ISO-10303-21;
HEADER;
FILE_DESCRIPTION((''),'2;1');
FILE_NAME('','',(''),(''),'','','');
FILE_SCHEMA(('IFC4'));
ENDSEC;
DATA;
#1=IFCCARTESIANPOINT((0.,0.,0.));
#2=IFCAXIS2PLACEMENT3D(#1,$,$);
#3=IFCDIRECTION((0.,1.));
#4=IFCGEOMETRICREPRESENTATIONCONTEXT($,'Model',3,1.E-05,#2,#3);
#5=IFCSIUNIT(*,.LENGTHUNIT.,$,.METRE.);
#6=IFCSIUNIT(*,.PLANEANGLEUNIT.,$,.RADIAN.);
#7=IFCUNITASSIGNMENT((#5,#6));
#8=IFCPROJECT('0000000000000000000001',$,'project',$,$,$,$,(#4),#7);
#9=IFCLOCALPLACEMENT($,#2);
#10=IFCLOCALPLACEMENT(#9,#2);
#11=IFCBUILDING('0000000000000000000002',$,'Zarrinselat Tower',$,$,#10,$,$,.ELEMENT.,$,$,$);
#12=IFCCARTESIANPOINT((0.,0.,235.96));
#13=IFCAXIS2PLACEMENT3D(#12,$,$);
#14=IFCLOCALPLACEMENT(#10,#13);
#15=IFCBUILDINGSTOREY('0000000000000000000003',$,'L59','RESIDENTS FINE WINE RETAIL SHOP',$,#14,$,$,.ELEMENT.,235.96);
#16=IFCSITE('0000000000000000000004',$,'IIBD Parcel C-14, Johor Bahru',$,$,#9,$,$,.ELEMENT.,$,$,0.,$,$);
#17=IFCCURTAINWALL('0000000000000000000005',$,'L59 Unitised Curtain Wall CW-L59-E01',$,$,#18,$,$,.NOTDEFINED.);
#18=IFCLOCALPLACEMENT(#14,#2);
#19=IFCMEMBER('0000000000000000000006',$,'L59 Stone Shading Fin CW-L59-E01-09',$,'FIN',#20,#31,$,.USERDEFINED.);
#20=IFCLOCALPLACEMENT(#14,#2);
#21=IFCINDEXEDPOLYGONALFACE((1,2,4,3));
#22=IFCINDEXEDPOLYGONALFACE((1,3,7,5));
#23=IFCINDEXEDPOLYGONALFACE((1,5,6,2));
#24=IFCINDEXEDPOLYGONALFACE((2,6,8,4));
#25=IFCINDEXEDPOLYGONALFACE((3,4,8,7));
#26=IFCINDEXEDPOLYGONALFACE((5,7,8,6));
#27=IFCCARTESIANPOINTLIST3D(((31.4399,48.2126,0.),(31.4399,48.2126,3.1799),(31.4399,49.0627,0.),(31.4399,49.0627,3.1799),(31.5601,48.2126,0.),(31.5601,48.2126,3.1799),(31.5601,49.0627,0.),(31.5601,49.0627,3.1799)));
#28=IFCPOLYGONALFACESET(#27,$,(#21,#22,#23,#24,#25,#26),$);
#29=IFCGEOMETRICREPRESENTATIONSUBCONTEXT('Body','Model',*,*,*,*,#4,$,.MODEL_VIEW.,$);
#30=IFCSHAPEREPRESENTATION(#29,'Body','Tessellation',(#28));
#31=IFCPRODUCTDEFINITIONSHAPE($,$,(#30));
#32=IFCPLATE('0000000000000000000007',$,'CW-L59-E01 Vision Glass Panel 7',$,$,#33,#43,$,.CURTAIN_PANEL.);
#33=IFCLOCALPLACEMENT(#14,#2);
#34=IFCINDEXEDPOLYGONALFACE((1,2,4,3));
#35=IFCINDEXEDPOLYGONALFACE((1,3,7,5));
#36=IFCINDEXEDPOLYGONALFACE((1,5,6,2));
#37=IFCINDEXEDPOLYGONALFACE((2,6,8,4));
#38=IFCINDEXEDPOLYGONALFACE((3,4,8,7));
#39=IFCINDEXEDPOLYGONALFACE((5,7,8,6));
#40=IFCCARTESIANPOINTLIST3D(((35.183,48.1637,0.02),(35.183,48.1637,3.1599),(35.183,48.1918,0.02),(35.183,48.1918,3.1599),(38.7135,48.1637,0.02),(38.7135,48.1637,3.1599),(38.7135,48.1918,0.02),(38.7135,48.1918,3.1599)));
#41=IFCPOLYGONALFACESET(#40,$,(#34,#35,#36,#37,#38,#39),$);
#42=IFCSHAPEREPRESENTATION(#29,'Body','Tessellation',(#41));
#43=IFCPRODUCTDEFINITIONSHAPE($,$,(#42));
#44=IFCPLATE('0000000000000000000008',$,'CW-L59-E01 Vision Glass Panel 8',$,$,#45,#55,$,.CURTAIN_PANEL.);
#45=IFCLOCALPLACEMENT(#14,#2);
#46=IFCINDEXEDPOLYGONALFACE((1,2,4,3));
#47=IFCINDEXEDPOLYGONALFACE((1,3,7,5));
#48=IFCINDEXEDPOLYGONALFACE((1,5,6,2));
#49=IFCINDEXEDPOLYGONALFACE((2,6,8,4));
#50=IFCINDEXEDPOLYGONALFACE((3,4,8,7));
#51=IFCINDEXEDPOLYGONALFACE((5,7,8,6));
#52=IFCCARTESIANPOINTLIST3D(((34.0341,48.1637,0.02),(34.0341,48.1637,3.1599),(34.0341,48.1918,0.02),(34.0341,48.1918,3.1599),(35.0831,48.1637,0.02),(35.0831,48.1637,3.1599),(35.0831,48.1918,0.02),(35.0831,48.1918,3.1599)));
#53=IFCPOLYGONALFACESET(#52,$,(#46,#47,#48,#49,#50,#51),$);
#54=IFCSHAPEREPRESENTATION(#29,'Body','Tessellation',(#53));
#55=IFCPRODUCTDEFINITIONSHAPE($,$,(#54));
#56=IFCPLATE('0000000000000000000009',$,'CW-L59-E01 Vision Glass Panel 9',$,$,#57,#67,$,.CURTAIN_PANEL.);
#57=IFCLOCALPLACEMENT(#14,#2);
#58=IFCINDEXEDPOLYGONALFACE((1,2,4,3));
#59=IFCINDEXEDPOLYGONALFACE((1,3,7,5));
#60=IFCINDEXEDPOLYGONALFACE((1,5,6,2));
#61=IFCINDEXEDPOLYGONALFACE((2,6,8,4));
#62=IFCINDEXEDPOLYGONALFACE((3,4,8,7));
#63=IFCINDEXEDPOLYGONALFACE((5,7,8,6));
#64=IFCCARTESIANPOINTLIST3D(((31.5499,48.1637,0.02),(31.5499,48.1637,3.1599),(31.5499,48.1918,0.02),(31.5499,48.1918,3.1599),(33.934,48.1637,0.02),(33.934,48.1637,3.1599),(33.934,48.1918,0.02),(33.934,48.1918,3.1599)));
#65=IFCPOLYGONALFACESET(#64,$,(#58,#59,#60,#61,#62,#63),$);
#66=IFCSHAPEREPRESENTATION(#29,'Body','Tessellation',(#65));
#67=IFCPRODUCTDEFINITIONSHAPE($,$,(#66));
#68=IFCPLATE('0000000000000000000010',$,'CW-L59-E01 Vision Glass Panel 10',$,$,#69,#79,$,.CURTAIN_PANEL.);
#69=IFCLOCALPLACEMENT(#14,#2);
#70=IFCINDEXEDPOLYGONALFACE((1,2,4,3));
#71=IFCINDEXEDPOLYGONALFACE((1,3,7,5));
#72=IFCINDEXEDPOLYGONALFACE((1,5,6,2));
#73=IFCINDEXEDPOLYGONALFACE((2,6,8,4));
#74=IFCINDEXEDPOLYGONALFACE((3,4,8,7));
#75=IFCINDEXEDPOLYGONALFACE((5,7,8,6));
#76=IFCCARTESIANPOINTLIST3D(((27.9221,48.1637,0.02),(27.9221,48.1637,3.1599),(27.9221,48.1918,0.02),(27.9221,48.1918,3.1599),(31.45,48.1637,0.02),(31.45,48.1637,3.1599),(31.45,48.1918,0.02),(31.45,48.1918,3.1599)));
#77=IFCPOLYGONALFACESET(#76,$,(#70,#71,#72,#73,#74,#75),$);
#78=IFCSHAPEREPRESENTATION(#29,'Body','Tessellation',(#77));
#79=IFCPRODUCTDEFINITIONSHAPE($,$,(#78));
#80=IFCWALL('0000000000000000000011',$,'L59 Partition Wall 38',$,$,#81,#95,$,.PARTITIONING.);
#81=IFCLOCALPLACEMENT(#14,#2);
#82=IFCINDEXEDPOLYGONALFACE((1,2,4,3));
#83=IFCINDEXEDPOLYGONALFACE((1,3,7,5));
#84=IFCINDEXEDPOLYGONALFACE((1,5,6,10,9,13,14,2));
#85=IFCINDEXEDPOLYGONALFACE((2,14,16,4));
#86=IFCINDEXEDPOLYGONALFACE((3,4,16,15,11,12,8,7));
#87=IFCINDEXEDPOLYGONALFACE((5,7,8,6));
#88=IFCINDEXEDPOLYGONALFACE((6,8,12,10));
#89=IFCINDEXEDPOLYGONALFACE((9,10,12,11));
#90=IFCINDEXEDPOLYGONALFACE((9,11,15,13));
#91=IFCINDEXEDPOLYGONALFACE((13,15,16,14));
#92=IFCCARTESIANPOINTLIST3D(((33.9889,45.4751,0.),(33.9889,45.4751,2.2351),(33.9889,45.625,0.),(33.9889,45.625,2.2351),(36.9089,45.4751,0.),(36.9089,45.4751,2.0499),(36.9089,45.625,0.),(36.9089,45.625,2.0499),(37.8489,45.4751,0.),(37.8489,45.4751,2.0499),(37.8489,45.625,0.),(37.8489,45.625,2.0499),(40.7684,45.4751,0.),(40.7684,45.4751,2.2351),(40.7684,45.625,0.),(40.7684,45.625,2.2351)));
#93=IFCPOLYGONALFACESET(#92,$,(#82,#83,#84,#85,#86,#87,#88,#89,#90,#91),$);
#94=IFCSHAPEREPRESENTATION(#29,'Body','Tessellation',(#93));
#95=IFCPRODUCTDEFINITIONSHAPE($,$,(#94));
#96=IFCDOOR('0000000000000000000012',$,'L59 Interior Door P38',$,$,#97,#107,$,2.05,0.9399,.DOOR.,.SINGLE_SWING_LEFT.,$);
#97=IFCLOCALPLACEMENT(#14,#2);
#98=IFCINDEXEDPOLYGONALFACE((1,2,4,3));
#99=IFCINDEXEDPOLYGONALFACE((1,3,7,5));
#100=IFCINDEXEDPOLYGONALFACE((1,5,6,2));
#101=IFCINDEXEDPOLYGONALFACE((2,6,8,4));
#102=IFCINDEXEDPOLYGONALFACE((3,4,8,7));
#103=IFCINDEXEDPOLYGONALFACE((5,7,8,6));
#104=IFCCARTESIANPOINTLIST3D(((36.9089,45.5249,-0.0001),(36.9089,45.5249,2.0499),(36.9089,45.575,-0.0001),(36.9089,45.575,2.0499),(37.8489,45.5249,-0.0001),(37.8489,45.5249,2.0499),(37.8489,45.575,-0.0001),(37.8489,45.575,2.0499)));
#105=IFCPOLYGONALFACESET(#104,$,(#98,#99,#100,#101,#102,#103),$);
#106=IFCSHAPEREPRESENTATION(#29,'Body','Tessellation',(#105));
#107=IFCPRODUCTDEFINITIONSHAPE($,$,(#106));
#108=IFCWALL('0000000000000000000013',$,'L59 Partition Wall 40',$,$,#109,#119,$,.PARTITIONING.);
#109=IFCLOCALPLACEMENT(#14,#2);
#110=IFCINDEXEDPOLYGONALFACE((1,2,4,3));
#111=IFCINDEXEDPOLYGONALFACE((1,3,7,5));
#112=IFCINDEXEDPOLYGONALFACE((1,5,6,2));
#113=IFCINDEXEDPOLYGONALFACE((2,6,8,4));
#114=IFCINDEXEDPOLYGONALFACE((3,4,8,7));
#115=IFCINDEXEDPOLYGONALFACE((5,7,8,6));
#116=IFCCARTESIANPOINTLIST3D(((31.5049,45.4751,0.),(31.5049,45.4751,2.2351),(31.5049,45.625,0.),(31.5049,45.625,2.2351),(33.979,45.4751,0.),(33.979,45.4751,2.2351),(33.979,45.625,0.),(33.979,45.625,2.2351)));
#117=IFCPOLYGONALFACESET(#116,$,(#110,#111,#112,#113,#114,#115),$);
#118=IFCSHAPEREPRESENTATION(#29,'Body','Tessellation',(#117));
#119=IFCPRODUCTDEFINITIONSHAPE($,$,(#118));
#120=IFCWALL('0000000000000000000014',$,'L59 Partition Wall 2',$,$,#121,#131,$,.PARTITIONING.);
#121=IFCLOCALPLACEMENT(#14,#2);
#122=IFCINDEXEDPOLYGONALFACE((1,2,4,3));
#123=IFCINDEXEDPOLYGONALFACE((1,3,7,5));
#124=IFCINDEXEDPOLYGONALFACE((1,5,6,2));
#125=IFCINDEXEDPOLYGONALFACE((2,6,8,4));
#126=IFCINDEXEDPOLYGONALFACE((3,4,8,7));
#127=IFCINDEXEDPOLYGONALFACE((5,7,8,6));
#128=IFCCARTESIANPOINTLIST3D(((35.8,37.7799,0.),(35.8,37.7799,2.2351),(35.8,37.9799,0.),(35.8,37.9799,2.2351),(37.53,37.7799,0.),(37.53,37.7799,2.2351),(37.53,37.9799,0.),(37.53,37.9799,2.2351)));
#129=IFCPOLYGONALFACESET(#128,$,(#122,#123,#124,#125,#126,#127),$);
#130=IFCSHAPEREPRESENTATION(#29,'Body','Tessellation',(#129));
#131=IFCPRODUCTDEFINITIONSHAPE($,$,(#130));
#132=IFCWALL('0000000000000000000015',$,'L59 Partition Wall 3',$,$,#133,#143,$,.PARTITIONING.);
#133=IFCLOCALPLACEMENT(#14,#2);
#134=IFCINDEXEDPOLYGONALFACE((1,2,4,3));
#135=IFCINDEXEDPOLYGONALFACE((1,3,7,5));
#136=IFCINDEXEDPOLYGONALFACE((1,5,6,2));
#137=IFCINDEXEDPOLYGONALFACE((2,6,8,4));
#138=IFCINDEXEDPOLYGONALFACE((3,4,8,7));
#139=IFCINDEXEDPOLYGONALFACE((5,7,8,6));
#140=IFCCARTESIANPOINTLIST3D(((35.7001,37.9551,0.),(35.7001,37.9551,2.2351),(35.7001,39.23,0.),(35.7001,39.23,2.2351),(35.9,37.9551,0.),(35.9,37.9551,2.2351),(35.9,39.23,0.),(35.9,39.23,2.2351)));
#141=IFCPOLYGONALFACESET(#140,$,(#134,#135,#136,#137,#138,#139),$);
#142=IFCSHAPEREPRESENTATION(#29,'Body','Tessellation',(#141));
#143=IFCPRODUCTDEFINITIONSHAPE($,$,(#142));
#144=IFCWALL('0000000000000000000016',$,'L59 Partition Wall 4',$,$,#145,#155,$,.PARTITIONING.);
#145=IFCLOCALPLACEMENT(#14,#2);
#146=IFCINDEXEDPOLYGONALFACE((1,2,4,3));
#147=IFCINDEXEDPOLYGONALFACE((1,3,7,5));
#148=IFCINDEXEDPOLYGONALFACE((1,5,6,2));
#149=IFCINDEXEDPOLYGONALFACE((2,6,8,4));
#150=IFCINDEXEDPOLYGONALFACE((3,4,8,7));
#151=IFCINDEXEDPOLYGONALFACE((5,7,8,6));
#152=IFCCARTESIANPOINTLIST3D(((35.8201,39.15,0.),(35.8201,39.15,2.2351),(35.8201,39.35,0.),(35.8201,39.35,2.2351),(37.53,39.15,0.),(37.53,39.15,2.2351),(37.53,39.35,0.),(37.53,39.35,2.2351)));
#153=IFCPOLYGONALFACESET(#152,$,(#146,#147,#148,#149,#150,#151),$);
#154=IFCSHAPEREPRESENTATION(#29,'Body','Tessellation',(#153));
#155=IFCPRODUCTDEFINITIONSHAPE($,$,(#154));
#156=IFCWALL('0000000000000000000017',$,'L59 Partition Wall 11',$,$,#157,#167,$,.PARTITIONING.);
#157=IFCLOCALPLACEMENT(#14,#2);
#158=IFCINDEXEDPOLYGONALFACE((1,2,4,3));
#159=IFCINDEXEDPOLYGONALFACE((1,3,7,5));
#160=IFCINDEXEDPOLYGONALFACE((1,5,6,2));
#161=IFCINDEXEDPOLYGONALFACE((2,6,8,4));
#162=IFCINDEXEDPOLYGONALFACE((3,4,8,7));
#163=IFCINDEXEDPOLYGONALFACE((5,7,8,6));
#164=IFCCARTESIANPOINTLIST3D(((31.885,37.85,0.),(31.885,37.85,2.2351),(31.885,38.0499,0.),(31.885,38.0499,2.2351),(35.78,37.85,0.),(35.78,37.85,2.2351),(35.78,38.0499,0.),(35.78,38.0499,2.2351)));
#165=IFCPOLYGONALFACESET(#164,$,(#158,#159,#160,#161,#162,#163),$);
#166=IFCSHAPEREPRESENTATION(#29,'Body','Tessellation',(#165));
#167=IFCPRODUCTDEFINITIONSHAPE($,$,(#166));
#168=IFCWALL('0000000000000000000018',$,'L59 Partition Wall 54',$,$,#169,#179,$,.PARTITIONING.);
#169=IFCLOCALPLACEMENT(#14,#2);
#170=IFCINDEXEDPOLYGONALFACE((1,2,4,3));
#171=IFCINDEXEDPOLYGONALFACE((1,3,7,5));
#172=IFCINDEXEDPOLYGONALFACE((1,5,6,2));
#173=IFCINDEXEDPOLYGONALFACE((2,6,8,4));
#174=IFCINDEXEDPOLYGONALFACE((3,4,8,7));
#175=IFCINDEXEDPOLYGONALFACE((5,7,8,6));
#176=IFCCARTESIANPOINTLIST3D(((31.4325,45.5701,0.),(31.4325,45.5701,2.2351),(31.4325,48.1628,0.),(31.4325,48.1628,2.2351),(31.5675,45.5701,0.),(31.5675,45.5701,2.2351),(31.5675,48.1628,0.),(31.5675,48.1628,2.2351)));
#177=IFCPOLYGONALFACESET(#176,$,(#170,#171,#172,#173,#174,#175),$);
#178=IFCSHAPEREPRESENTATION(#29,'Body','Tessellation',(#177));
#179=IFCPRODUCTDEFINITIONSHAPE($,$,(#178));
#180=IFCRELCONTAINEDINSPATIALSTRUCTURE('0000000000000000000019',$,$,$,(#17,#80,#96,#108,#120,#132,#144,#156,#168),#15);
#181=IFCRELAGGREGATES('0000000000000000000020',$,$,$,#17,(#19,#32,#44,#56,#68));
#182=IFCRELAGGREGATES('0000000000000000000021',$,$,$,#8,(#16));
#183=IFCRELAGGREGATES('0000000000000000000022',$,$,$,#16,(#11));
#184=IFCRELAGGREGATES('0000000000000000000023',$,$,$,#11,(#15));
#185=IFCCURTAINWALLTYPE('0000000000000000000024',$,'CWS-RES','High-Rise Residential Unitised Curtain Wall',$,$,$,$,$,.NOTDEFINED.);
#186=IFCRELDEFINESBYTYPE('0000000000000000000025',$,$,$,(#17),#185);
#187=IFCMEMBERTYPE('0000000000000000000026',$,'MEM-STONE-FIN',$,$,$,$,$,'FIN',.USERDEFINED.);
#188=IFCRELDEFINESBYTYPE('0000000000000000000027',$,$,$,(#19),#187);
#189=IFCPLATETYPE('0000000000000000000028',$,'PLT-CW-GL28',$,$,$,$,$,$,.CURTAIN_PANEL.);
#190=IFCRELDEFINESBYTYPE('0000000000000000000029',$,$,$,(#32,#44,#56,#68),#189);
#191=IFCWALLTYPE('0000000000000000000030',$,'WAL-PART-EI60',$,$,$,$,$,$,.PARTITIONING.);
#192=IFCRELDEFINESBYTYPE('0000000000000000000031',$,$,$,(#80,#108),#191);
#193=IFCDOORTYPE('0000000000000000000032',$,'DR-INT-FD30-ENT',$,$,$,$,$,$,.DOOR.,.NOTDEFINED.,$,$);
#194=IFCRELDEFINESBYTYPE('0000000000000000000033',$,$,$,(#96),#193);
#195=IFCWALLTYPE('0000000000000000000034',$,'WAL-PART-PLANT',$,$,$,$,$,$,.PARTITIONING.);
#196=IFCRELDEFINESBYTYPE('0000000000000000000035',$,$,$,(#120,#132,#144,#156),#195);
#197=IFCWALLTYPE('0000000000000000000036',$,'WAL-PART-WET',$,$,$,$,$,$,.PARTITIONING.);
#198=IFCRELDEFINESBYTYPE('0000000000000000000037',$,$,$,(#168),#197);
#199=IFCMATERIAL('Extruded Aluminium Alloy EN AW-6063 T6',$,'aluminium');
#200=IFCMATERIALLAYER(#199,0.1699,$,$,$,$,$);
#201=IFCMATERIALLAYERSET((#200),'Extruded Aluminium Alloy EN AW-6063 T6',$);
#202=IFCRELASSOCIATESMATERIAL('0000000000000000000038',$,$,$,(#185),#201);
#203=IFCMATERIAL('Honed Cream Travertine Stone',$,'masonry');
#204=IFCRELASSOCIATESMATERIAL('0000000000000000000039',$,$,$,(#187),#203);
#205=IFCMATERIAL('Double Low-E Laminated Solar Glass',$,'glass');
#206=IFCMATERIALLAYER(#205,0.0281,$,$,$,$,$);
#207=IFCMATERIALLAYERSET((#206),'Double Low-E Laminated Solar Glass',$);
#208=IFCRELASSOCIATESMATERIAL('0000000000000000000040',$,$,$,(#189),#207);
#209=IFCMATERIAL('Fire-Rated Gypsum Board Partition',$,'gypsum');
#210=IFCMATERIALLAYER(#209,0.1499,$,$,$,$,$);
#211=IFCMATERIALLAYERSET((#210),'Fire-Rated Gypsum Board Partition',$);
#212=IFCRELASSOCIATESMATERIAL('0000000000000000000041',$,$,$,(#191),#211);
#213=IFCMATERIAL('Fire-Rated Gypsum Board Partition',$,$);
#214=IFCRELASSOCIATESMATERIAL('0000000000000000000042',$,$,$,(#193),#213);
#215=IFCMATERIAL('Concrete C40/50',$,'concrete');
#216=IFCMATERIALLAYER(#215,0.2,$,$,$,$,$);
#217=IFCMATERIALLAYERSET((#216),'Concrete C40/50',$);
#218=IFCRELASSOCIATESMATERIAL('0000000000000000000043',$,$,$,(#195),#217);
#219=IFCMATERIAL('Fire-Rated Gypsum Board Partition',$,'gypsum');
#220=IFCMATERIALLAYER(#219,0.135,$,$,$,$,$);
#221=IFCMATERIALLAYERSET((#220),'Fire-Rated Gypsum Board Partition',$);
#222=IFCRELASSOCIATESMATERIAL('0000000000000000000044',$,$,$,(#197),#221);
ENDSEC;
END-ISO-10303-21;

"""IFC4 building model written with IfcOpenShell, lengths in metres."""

from ifc_helpers import new_model, si_unit, direction, frame, frame_2d, origin, origin_2d, place, context, subcontext, project, spatial, rectangle, extrude, material, layer, layer_set, material_profile, profile_set, type_object, element, fill, aggregate, save


model = new_model("IFC4")

# Units and contexts
model_context = context("Model", 3, precision=1e-05, world=origin(), true_north=direction((0.0, 1.0)))
body_context = subcontext(model_context, "Body", "Model", "MODEL_VIEW")
ifc_project = project(units=[si_unit("LENGTHUNIT", "METRE"), si_unit("PLANEANGLEUNIT", "RADIAN")], contexts=[model_context])

# Site, building, storey
site_placement = place(None, origin())
site = spatial("IfcSite", under=ifc_project, at=site_placement, Name="IIBD Parcel C-14, Johor Bahru", CompositionType="ELEMENT", RefElevation=0.0)
building_placement = place(site_placement, origin())
building = spatial("IfcBuilding", under=site, at=building_placement, Name="Zarrinselat Tower", CompositionType="ELEMENT")
storey_placement = place(building_placement, frame((0.0, 0.0, 235.96)))
storey = spatial("IfcBuildingStorey", under=building, at=storey_placement, Name="L59", Description="RESIDENTS FINE WINE RETAIL SHOP", CompositionType="ELEMENT", Elevation=235.96)

# Curtain wall, member, plates
ifc_material_1 = material(Name="Extruded Aluminium Alloy EN AW-6063 T6", Category="aluminium")
ifc_layer_1 = layer(ifc_material_1, 0.1699)
ifc_layer_set_1 = layer_set([ifc_layer_1], Name="Extruded Aluminium Alloy EN AW-6063 T6")
curtain_wall_type = type_object("IfcCurtainWallType", Name="CWS-RES", Description="High-Rise Residential Unitised Curtain Wall", PredefinedType="NOTDEFINED", material=ifc_layer_set_1)
curtain_wall_placement = place(storey_placement, origin())
curtain_wall = element("IfcCurtainWall", 1, at=curtain_wall_placement, inside=storey, type_object=curtain_wall_type, Name="L59 Unitised Curtain Wall CW-L59-E01", PredefinedType="NOTDEFINED")
ifc_material_2 = material(Name="Honed Cream Travertine Stone", Category="masonry")
ifc_material_profile_1 = material_profile(ifc_material_2, rectangle(XDim=0.1201, YDim=0.8501, at=origin_2d()), Name="FIN 850x120")
ifc_profile_set_1 = profile_set([ifc_material_profile_1], Name="Honed Cream Travertine Stone")
member_type_1 = type_object("IfcMemberType", Name="MEM-STONE-FIN", ElementType="FIN", PredefinedType="USERDEFINED", material=ifc_profile_set_1)
member_1_placement = place(storey_placement, frame((31.5, 48.6377, 0.0), z_axis=(0.0, 0.0, 1.0), x_axis=(1.0, 0.0, 0.0)))
member_1 = element("IfcMember", 2, at=member_1_placement, type_object=member_type_1, Name="L59 Stone Shading Fin CW-L59-E01-09", ObjectType="FIN", PredefinedType="USERDEFINED", context=body_context, shape_type="SweptSolid", body=[
    extrude(rectangle(XDim=0.1201, YDim=0.8501, at=origin_2d()), origin(), (0.0, 0.0, 1.0), 3.1799),
])
ifc_material_3 = material(Name="Double Low-E Laminated Solar Glass", Category="glass")
ifc_layer_2 = layer(ifc_material_3, 0.0281)
ifc_layer_set_2 = layer_set([ifc_layer_2], Name="Double Low-E Laminated Solar Glass")
plate_type = type_object("IfcPlateType", Name="PLT-CW-GL28", PredefinedType="CURTAIN_PANEL", material=ifc_layer_set_2)
plate_1_placement = place(storey_placement, frame((36.9482, 48.1777, 0.02), z_axis=(0.0, 0.0, 1.0), x_axis=(-1.0, 0.0, 0.0)))
plate_1 = element("IfcPlate", 3, at=plate_1_placement, type_object=plate_type, Name="CW-L59-E01 Vision Glass Panel 7", PredefinedType="CURTAIN_PANEL", context=body_context, shape_type="SweptSolid", body=[
    extrude(rectangle(XDim=3.5305, YDim=0.0281, at=origin_2d()), origin(), (0.0, 0.0, 1.0), 3.1399),
])
plate_2_placement = place(storey_placement, frame((34.5586, 48.1777, 0.02), z_axis=(0.0, 0.0, 1.0), x_axis=(-1.0, 0.0, 0.0)))
plate_2 = element("IfcPlate", 4, at=plate_2_placement, type_object=plate_type, Name="CW-L59-E01 Vision Glass Panel 8", PredefinedType="CURTAIN_PANEL", context=body_context, shape_type="SweptSolid", body=[
    extrude(rectangle(XDim=1.0491, YDim=0.0281, at=origin_2d()), origin(), (0.0, 0.0, 1.0), 3.1399),
])
plate_3_placement = place(storey_placement, frame((32.7419, 48.1777, 0.02), z_axis=(0.0, 0.0, 1.0), x_axis=(-1.0, 0.0, 0.0)))
plate_3 = element("IfcPlate", 5, at=plate_3_placement, type_object=plate_type, Name="CW-L59-E01 Vision Glass Panel 9", PredefinedType="CURTAIN_PANEL", context=body_context, shape_type="SweptSolid", body=[
    extrude(rectangle(XDim=2.384, YDim=0.0281, at=origin_2d()), origin(), (0.0, 0.0, 1.0), 3.1399),
])
plate_4_placement = place(storey_placement, frame((29.686, 48.1777, 0.02), z_axis=(0.0, 0.0, 1.0), x_axis=(-1.0, 0.0, 0.0)))
plate_4 = element("IfcPlate", 6, at=plate_4_placement, type_object=plate_type, Name="CW-L59-E01 Vision Glass Panel 10", PredefinedType="CURTAIN_PANEL", context=body_context, shape_type="SweptSolid", body=[
    extrude(rectangle(XDim=3.5278, YDim=0.0281, at=origin_2d()), origin(), (0.0, 0.0, 1.0), 3.1399),
])
aggregate(curtain_wall, [member_1, plate_1, plate_2, plate_3, plate_4])

# Wall, opening, door
ifc_material_4 = material(Name="Fire-Rated Gypsum Board Partition", Category="gypsum")
ifc_layer_3 = layer(ifc_material_4, 0.1499)
ifc_layer_set_3 = layer_set([ifc_layer_3], Name="Fire-Rated Gypsum Board Partition")
wall_type_1 = type_object("IfcWallType", Name="WAL-PART-EI60", PredefinedType="PARTITIONING", material=ifc_layer_set_3)
wall_1_placement = place(storey_placement, frame((33.989, 45.55, 0.0), z_axis=(0.0, 0.0, 1.0), x_axis=(1.0, 0.0, 0.0)))
wall_1 = element("IfcWall", 7, at=wall_1_placement, inside=storey, type_object=wall_type_1, Name="L59 Partition Wall 38", PredefinedType="PARTITIONING", context=body_context, shape_type="SweptSolid", body=[
    extrude(rectangle(XDim=6.7795, YDim=0.1499, at=frame_2d((3.3896, 0.0))), origin(), (0.0, 0.0, 1.0), 2.2351),
])
opening_1_placement = place(wall_1_placement, frame((2.9199, 0.0, 0.0)))
opening_1 = element("IfcOpeningElement", 8, at=opening_1_placement, cuts=wall_1, PredefinedType="OPENING", context=body_context, shape_type="SweptSolid", body=[
    extrude(rectangle(XDim=0.9399, YDim=2.05, at=frame_2d((0.47, 1.0249))), frame((0.0, 0.085, 0.0), z_axis=(0.0, -1.0, 0.0), x_axis=(1.0, 0.0, 0.0)), (0.0, 0.0, 1.0), 0.1699),
])
ifc_material_5 = material(Name="Fire-Rated Gypsum Board Partition")
door_type_1 = type_object("IfcDoorType", Name="DR-INT-FD30-ENT", OperationType="NOTDEFINED", PredefinedType="DOOR", material=ifc_material_5)
door_1_placement = place(opening_1_placement, origin())
door_1 = element("IfcDoor", 9, at=door_1_placement, inside=storey, type_object=door_type_1, Name="L59 Interior Door P38", OperationType="SINGLE_SWING_LEFT", OverallHeight=2.05, OverallWidth=0.9399, PredefinedType="DOOR", context=body_context, shape_type="SweptSolid", body=[
    extrude(rectangle(XDim=0.9399, YDim=2.05, at=frame_2d((0.47, 1.0249))), frame((0.0, 0.0249, 0.0), z_axis=(0.0, -1.0, 0.0), x_axis=(1.0, 0.0, 0.0)), (0.0, 0.0, 1.0), 0.05),
])
fill(opening_1, door_1)

# Walls
wall_2_placement = place(storey_placement, frame((31.5049, 45.55, 0.0), z_axis=(0.0, 0.0, 1.0), x_axis=(1.0, 0.0, 0.0)))
element("IfcWall", 10, at=wall_2_placement, inside=storey, type_object=wall_type_1, Name="L59 Partition Wall 40", PredefinedType="PARTITIONING", context=body_context, shape_type="SweptSolid", body=[
    extrude(rectangle(XDim=2.4741, YDim=0.1499, at=frame_2d((1.2371, 0.0))), origin(), (0.0, 0.0, 1.0), 2.2351),
])
ifc_material_6 = material(Name="Concrete C40/50", Category="concrete")
ifc_layer_4 = layer(ifc_material_6, 0.2)
ifc_layer_set_4 = layer_set([ifc_layer_4], Name="Concrete C40/50")
wall_type_2 = type_object("IfcWallType", Name="WAL-PART-PLANT", PredefinedType="PARTITIONING", material=ifc_layer_set_4)
wall_3_placement = place(storey_placement, frame((35.8, 37.8799, 0.0), z_axis=(0.0, 0.0, 1.0), x_axis=(1.0, 0.0, 0.0)))
element("IfcWall", 11, at=wall_3_placement, inside=storey, type_object=wall_type_2, Name="L59 Partition Wall 2", PredefinedType="PARTITIONING", context=body_context, shape_type="SweptSolid", body=[
    extrude(rectangle(XDim=1.73, YDim=0.2, at=frame_2d((0.865, 0.0))), origin(), (0.0, 0.0, 1.0), 2.2351),
])
wall_4_placement = place(storey_placement, frame((35.8, 37.9551, 0.0), z_axis=(0.0, 0.0, 1.0), x_axis=(0.0, 1.0, 0.0)))
element("IfcWall", 12, at=wall_4_placement, inside=storey, type_object=wall_type_2, Name="L59 Partition Wall 3", PredefinedType="PARTITIONING", context=body_context, shape_type="SweptSolid", body=[
    extrude(rectangle(XDim=1.2749, YDim=0.2, at=frame_2d((0.6375, 0.0))), origin(), (0.0, 0.0, 1.0), 2.2351),
])
wall_5_placement = place(storey_placement, frame((35.8201, 39.25, 0.0), z_axis=(0.0, 0.0, 1.0), x_axis=(1.0, 0.0, 0.0)))
element("IfcWall", 13, at=wall_5_placement, inside=storey, type_object=wall_type_2, Name="L59 Partition Wall 4", PredefinedType="PARTITIONING", context=body_context, shape_type="SweptSolid", body=[
    extrude(rectangle(XDim=1.71, YDim=0.2, at=frame_2d((0.855, 0.0))), origin(), (0.0, 0.0, 1.0), 2.2351),
])
wall_6_placement = place(storey_placement, frame((31.885, 37.95, 0.0), z_axis=(0.0, 0.0, 1.0), x_axis=(1.0, 0.0, 0.0)))
element("IfcWall", 14, at=wall_6_placement, inside=storey, type_object=wall_type_2, Name="L59 Partition Wall 11", PredefinedType="PARTITIONING", context=body_context, shape_type="SweptSolid", body=[
    extrude(rectangle(XDim=3.895, YDim=0.2, at=frame_2d((1.9475, 0.0))), origin(), (0.0, 0.0, 1.0), 2.2351),
])
ifc_material_7 = material(Name="Fire-Rated Gypsum Board Partition", Category="gypsum")
ifc_layer_5 = layer(ifc_material_7, 0.135)
ifc_layer_set_5 = layer_set([ifc_layer_5], Name="Fire-Rated Gypsum Board Partition")
wall_type_3 = type_object("IfcWallType", Name="WAL-PART-WET", PredefinedType="PARTITIONING", material=ifc_layer_set_5)
wall_7_placement = place(storey_placement, frame((31.5, 45.5701, 0.0), z_axis=(0.0, 0.0, 1.0), x_axis=(0.0, 1.0, 0.0)))
element("IfcWall", 15, at=wall_7_placement, inside=storey, type_object=wall_type_3, Name="L59 Partition Wall 54", PredefinedType="PARTITIONING", context=body_context, shape_type="SweptSolid", body=[
    extrude(rectangle(XDim=2.5928, YDim=0.135, at=frame_2d((1.2964, 0.0))), origin(), (0.0, 0.0, 1.0), 2.2351),
])

save(model, "model.ifc")
